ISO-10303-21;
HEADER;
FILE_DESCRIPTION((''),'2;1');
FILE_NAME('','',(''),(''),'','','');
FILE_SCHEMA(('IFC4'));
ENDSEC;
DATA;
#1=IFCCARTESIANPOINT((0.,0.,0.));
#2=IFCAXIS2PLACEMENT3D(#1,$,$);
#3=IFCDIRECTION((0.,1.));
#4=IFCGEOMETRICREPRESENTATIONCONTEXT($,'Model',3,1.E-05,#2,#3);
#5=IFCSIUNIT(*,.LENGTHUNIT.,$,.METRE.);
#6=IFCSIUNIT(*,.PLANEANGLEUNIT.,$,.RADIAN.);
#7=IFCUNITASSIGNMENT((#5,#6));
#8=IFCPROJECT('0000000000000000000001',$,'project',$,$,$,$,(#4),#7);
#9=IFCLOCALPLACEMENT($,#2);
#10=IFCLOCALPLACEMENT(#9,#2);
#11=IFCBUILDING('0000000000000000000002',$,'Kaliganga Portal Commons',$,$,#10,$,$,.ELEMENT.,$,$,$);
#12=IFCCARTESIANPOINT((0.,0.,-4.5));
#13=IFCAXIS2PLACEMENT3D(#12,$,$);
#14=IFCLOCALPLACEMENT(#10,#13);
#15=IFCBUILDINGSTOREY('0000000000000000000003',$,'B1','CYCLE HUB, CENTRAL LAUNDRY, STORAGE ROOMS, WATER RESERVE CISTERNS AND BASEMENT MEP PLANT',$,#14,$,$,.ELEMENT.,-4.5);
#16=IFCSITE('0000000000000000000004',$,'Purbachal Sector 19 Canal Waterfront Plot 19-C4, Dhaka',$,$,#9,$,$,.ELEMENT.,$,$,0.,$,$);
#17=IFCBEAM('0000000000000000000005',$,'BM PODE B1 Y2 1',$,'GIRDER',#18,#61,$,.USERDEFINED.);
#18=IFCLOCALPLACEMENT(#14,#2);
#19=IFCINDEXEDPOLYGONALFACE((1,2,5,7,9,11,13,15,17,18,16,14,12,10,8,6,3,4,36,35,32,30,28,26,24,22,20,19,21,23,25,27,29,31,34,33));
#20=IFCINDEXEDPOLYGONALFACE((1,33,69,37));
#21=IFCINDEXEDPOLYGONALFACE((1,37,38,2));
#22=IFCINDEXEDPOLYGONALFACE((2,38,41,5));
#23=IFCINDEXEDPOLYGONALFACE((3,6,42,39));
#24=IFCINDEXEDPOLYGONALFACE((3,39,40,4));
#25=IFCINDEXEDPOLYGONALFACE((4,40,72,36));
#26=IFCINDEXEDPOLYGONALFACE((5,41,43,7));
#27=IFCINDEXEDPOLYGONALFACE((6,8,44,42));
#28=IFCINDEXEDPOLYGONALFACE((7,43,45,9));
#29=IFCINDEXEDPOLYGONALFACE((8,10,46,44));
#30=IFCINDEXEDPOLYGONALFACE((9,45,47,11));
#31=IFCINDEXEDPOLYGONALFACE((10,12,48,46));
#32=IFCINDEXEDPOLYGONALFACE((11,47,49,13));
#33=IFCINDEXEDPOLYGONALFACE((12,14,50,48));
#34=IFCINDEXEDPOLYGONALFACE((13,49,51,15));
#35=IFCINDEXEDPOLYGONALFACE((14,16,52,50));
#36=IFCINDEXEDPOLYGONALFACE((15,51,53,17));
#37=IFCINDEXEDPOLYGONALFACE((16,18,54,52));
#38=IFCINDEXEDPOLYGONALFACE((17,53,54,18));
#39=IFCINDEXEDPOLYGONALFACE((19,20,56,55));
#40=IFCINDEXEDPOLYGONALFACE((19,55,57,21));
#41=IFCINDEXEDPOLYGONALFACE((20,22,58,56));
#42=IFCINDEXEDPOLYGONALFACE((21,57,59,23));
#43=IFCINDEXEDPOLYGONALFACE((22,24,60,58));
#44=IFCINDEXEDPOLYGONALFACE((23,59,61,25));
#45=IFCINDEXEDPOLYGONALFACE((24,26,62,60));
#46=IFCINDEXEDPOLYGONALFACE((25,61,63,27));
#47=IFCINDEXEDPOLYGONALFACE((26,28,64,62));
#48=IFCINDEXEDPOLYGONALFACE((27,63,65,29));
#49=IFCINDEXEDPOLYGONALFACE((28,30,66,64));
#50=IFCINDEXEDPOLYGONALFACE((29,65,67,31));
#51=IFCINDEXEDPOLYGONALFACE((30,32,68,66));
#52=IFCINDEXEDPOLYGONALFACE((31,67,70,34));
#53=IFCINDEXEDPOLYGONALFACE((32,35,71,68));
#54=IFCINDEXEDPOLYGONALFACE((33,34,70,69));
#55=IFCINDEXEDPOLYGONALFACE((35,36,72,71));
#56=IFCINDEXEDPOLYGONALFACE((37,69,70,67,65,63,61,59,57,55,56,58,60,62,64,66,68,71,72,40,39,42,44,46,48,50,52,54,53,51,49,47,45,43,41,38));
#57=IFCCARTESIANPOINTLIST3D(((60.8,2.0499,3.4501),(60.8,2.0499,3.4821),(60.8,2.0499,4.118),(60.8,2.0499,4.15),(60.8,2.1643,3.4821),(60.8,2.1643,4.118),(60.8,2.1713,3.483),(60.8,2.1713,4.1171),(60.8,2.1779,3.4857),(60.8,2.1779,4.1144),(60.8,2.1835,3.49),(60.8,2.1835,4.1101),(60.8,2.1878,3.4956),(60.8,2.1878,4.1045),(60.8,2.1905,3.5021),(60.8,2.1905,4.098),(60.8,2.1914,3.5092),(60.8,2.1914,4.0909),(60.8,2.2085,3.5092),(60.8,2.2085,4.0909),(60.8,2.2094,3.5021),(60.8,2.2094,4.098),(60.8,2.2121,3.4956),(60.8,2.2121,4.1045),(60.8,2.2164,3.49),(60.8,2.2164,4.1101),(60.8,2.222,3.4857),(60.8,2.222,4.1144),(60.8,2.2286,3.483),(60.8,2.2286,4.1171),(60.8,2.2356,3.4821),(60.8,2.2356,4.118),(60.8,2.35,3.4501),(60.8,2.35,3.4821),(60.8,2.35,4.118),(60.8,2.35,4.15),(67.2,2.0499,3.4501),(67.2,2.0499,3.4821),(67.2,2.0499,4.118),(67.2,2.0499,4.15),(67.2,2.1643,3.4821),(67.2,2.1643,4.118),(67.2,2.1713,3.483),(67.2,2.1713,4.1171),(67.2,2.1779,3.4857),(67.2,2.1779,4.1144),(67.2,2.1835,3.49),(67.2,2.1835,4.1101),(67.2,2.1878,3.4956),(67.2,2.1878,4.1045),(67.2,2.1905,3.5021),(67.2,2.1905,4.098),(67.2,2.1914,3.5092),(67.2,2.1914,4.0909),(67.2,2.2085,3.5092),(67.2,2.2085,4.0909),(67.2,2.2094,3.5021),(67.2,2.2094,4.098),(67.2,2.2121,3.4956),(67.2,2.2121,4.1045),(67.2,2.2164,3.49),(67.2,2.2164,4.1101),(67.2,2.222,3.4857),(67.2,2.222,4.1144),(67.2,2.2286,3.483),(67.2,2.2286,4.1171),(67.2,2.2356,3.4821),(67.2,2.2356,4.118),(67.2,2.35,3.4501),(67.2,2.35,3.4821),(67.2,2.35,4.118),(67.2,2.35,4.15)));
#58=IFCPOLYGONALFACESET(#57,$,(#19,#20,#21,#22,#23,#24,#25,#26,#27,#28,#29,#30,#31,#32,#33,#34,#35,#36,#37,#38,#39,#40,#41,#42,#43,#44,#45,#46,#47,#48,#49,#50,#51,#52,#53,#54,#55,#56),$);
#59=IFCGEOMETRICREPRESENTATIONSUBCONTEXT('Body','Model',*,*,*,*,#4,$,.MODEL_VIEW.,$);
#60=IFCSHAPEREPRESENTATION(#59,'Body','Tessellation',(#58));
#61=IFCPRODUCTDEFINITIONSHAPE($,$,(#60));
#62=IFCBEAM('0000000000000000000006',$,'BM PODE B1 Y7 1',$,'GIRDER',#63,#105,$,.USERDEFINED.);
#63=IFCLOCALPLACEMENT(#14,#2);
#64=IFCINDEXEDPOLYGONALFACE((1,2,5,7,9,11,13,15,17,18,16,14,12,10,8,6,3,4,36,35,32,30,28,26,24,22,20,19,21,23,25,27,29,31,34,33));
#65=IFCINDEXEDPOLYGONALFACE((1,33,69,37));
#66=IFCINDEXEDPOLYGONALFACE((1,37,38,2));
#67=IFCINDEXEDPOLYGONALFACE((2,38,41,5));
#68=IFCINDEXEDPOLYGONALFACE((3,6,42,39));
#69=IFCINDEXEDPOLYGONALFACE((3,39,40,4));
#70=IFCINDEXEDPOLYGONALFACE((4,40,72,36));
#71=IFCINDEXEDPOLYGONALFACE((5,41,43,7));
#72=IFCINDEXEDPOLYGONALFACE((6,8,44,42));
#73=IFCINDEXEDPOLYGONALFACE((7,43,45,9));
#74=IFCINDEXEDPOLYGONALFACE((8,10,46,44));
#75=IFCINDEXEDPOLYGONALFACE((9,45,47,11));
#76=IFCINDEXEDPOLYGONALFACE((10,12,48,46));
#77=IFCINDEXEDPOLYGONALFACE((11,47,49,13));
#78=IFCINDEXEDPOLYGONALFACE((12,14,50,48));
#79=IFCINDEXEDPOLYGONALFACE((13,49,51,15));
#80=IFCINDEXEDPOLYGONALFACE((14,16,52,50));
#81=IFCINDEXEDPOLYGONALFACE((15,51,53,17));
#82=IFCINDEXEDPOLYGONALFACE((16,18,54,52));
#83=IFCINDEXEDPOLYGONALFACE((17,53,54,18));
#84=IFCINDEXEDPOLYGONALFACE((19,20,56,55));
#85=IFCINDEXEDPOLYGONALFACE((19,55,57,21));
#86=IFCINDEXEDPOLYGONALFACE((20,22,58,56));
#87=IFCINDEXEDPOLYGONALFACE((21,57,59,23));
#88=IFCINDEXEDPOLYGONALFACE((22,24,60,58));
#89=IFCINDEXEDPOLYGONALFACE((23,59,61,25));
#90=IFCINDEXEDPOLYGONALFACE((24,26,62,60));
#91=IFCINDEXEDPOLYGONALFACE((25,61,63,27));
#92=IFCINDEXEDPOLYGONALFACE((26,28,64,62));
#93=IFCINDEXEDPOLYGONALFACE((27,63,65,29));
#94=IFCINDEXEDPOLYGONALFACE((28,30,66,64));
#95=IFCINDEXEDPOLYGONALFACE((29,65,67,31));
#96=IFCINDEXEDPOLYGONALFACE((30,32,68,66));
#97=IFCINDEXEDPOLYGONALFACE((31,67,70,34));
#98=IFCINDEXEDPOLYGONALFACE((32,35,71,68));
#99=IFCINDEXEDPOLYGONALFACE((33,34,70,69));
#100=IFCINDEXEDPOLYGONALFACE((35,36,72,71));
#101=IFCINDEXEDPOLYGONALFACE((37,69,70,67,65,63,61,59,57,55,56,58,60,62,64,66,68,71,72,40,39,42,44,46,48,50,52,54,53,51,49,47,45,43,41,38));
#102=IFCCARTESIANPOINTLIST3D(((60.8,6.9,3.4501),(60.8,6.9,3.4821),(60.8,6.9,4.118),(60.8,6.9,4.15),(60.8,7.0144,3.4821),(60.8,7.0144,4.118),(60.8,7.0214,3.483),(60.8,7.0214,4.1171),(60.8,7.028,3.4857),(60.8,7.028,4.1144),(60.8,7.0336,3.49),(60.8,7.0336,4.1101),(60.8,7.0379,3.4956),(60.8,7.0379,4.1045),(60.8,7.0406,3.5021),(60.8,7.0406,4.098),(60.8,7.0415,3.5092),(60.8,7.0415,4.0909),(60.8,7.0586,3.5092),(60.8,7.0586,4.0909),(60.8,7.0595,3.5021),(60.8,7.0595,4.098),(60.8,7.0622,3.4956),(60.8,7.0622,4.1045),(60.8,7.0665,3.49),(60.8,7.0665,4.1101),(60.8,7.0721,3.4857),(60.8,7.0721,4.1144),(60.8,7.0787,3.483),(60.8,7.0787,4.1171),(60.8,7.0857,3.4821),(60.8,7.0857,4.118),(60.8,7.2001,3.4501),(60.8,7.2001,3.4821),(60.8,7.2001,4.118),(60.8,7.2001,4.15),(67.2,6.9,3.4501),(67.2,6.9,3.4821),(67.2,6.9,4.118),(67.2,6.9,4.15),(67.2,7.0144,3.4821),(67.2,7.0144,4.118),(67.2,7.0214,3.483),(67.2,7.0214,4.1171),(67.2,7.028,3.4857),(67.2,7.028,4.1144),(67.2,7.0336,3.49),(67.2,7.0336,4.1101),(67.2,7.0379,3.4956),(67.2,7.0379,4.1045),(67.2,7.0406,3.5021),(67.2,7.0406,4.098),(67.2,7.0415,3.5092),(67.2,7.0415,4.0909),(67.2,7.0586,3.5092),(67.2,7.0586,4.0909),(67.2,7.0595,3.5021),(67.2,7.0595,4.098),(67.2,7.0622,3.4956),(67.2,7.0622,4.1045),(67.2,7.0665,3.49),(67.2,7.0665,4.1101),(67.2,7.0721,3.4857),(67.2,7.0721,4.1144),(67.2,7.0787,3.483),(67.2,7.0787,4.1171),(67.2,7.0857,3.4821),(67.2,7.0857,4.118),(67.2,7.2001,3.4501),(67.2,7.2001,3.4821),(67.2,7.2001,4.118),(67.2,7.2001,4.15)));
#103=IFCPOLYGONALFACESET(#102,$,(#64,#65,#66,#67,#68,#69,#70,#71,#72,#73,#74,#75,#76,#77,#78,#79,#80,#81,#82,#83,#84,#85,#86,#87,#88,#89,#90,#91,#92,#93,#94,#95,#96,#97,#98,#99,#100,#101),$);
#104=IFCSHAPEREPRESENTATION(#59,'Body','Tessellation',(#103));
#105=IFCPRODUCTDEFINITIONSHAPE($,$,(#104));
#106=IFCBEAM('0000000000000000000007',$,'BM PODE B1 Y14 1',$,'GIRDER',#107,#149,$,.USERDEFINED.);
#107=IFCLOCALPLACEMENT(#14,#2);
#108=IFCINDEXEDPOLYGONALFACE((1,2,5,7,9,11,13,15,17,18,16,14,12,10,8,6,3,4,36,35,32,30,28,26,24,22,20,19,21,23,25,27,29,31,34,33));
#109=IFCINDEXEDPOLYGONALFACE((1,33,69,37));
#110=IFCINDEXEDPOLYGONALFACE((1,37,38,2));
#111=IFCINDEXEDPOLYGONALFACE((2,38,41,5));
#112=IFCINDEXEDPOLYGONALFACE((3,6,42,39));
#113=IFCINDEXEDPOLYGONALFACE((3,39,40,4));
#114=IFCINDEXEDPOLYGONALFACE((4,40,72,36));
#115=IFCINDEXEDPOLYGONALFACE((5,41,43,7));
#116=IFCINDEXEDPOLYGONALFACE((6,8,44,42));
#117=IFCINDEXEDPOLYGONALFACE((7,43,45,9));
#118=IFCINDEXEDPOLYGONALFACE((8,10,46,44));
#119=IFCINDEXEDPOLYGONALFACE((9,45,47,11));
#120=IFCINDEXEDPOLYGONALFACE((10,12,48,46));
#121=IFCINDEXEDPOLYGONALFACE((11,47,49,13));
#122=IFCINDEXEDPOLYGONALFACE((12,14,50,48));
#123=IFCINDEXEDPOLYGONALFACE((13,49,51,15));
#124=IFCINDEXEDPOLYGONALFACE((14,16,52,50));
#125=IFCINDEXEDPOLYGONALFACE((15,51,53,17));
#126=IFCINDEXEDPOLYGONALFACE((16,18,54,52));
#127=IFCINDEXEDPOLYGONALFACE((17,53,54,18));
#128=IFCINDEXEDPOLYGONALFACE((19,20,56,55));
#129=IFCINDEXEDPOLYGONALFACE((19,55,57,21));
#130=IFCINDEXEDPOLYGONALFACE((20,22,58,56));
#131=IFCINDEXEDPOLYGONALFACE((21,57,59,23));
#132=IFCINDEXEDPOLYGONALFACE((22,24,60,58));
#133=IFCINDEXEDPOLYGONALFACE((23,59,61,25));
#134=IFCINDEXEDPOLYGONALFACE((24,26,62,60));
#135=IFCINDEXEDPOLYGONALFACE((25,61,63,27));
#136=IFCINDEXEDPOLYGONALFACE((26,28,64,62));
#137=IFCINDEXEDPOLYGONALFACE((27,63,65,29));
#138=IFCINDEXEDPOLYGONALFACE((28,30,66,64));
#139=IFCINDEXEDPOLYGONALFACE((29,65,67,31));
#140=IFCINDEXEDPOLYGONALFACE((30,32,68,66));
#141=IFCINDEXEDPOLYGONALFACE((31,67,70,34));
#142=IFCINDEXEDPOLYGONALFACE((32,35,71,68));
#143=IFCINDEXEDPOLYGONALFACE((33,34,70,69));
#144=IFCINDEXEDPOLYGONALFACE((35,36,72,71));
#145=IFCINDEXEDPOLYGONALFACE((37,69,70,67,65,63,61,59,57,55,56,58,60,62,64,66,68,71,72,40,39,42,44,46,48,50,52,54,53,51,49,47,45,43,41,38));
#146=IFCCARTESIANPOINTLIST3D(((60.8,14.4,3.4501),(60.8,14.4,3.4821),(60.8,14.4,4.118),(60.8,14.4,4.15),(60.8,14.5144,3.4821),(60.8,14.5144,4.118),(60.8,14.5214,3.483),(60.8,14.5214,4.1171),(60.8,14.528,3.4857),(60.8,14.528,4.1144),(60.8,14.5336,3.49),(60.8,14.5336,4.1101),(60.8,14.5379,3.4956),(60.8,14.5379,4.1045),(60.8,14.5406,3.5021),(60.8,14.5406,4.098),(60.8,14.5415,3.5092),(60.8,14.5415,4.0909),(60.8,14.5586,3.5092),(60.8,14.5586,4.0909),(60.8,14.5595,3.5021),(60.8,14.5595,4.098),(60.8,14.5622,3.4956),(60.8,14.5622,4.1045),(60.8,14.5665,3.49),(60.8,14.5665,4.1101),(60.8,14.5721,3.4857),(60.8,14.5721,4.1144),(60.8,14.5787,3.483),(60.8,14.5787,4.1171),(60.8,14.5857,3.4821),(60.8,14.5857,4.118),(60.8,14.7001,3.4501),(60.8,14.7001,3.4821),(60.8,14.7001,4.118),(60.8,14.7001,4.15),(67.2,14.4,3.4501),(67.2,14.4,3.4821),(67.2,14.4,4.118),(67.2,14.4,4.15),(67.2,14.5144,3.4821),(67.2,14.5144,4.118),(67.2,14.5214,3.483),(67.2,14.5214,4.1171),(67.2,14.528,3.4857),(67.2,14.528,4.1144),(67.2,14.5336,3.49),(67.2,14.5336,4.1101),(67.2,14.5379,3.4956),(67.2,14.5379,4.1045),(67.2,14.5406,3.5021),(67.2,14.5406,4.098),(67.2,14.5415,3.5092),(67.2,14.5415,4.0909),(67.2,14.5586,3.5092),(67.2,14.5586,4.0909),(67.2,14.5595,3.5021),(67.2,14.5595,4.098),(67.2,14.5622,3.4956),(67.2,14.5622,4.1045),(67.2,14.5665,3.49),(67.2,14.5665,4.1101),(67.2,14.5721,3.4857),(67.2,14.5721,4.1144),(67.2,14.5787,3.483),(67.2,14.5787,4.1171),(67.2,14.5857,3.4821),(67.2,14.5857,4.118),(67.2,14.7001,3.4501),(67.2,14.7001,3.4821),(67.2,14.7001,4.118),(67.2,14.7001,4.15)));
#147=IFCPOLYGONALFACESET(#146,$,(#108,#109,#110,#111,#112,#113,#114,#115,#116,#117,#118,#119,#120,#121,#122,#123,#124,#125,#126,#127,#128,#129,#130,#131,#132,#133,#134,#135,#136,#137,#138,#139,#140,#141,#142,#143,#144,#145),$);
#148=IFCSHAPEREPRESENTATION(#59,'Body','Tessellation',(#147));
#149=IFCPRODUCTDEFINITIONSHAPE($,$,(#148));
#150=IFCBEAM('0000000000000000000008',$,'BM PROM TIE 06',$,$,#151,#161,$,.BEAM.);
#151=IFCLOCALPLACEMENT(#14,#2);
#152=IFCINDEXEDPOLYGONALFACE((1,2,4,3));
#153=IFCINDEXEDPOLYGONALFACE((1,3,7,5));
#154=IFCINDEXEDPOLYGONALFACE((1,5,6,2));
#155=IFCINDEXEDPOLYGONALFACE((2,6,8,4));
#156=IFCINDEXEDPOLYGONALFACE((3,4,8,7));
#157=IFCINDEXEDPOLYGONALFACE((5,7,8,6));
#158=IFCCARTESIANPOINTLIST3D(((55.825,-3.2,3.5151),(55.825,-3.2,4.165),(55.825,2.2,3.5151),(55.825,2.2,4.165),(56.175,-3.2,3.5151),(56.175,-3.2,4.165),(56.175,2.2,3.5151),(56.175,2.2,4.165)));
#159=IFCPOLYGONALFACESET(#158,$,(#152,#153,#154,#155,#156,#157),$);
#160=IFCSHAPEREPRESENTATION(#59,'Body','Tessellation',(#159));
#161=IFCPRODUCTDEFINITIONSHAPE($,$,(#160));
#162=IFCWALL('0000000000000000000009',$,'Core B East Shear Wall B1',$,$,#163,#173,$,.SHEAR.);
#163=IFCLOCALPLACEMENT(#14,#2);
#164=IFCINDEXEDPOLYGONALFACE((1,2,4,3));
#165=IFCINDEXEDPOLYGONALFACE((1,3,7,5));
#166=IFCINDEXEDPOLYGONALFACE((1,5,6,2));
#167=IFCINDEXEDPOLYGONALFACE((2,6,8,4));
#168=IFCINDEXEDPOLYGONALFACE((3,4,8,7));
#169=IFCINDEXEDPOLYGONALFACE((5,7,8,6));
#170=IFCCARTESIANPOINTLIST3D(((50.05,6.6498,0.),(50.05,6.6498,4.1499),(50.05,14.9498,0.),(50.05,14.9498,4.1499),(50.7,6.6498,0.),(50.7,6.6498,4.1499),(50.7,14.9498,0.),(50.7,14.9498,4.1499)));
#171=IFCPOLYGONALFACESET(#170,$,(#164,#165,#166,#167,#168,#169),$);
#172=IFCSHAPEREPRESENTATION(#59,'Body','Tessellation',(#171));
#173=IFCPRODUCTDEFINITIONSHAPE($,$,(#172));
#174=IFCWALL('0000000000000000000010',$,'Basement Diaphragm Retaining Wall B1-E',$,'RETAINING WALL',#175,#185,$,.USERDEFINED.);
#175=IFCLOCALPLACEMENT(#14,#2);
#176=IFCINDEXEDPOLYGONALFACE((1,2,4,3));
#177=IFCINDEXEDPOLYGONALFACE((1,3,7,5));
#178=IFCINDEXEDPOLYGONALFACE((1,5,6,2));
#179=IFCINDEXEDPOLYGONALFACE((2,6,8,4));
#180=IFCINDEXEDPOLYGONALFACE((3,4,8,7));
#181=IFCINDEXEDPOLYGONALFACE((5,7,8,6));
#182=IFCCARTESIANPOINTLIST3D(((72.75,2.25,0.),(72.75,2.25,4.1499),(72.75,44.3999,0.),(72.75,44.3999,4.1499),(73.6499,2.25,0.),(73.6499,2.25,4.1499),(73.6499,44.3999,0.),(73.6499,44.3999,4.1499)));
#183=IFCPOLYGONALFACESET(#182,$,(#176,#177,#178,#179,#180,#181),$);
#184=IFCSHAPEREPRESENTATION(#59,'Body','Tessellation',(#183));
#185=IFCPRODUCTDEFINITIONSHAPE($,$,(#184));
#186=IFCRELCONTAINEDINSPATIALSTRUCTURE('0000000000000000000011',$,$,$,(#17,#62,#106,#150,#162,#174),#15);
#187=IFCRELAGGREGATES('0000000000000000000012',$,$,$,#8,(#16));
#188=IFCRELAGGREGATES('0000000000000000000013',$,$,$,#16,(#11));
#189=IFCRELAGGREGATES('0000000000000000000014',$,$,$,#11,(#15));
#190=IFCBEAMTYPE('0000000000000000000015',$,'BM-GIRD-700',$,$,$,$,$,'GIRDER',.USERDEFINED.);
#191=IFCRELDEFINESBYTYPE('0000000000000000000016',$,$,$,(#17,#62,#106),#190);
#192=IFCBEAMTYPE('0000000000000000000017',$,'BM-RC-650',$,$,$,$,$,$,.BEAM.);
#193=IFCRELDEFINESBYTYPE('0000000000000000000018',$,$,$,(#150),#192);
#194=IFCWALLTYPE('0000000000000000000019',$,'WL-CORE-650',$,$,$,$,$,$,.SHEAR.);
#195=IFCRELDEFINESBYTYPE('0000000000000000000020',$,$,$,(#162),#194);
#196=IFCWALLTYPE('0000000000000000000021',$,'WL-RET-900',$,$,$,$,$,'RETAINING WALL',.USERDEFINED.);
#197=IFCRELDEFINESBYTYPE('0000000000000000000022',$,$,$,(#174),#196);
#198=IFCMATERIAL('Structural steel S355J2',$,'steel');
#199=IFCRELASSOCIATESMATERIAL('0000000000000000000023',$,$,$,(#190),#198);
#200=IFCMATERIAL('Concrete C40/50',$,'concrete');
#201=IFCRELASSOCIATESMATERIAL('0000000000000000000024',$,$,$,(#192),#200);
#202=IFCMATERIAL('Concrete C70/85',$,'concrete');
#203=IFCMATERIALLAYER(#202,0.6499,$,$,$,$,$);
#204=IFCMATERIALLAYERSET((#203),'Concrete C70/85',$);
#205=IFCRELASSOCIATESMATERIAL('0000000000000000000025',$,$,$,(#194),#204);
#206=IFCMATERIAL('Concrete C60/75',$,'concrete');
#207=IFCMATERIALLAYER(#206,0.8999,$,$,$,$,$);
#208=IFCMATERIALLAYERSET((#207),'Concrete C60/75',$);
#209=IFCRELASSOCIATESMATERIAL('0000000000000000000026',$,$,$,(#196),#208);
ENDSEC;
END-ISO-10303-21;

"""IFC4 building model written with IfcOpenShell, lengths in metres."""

from ifc_helpers import new_model, si_unit, direction, frame, frame_2d, origin, origin_2d, place, context, subcontext, project, spatial, rectangle, i_section, extrude, source, transform, mapped, material, layer, layer_set, material_profile, profile_set, type_object, element, save


model = new_model("IFC4")

# Units and contexts
model_context = context("Model", 3, precision=1e-05, world=origin(), true_north=direction((0.0, 1.0)))
body_context = subcontext(model_context, "Body", "Model", "MODEL_VIEW")
ifc_project = project(units=[si_unit("LENGTHUNIT", "METRE"), si_unit("PLANEANGLEUNIT", "RADIAN")], contexts=[model_context])

# Site, building, storey
site_placement = place(None, origin())
site = spatial("IfcSite", under=ifc_project, at=site_placement, Name="Purbachal Sector 19 Canal Waterfront Plot 19-C4, Dhaka", CompositionType="ELEMENT", RefElevation=0.0)
building_placement = place(site_placement, origin())
building = spatial("IfcBuilding", under=site, at=building_placement, Name="Kaliganga Portal Commons", CompositionType="ELEMENT")
storey_placement = place(building_placement, frame((0.0, 0.0, -4.5)))
storey = spatial("IfcBuildingStorey", under=building, at=storey_placement, Name="B1", Description="CYCLE HUB, CENTRAL LAUNDRY, STORAGE ROOMS, WATER RESERVE CISTERNS AND BASEMENT MEP PLANT", CompositionType="ELEMENT", Elevation=-4.5)

# Shared definitions
ifc_material_1 = material(Name="Structural steel S355J2", Category="steel")
ifc_material_2 = material(Name="Concrete C70/85", Category="concrete")

# Beams
ifc_material_profile_1 = material_profile(ifc_material_1, i_section(OverallWidth=0.3, OverallDepth=0.7, WebThickness=0.0171, FlangeThickness=0.032, FilletRadius=0.0271, at=origin_2d()), Name="HE 700 B")
ifc_profile_set_1 = profile_set([ifc_material_profile_1], Name="Structural steel S355J2 wide-flange")
beam_type_1 = type_object("IfcBeamType", Name="BM-GIRD-700", ElementType="GIRDER", PredefinedType="USERDEFINED", material=ifc_profile_set_1)
shared_shape_1 = source(origin(), body_context, "Body", "SweptSolid", [
    extrude(i_section(OverallWidth=0.3, OverallDepth=0.7, WebThickness=0.0171, FlangeThickness=0.032, FilletRadius=0.0271, at=origin_2d()), origin(), (0.0, 0.0, 1.0), 6.3999),
])
for number, where, z_axis, x_axis, name in (
    (1, (60.8, 2.2, 3.8), (1.0, 0.0, 0.0), (0.0, 1.0, 0.0), "BM PODE B1 Y2 1"),
    (2, (60.8, 7.05, 3.8), (1.0, 0.0, 0.0), (0.0, 1.0, 0.0), "BM PODE B1 Y7 1"),
    (3, (60.8, 14.55, 3.8), (1.0, 0.0, 0.0), (0.0, 1.0, 0.0), "BM PODE B1 Y14 1"),
):
    element("IfcBeam", number, at=place(storey_placement, frame(where, z_axis=z_axis, x_axis=x_axis)), inside=storey, type_object=beam_type_1, Name=name, ObjectType="GIRDER", PredefinedType="USERDEFINED", context=body_context, shape_type="MappedRepresentation", body=[
        mapped(shared_shape_1, transform((0.0, 0.0, 0.0), x_axis=(1.0, 0.0, 0.0), y_axis=(0.0, 1.0, 0.0), z_axis=(0.0, 0.0, 1.0), scale=1.0)),
    ])
ifc_material_3 = material(Name="Concrete C40/50", Category="concrete")
ifc_material_profile_2 = material_profile(ifc_material_3, rectangle(XDim=0.3501, YDim=0.6499, at=origin_2d()), Name="RC 350x650")
ifc_profile_set_2 = profile_set([ifc_material_profile_2], Name="Concrete C40/50")
beam_type_2 = type_object("IfcBeamType", Name="BM-RC-650", PredefinedType="BEAM", material=ifc_profile_set_2)
shared_shape_2 = source(origin(), body_context, "Body", "SweptSolid", [
    extrude(rectangle(XDim=0.3501, YDim=0.6499, at=origin_2d()), origin(), (0.0, 0.0, 1.0), 5.3999),
])
beam_1_placement = place(storey_placement, frame((56.0, -3.2, 3.8401), z_axis=(0.0, 1.0, 0.0), x_axis=(-1.0, 0.0, 0.0)))
element("IfcBeam", 4, at=beam_1_placement, inside=storey, type_object=beam_type_2, Name="BM PROM TIE 06", PredefinedType="BEAM", context=body_context, shape_type="MappedRepresentation", body=[
    mapped(shared_shape_2, transform((0.0, 0.0, 0.0), x_axis=(1.0, 0.0, 0.0), y_axis=(0.0, 1.0, 0.0), z_axis=(0.0, 0.0, 1.0), scale=1.0)),
])

# Walls
ifc_layer_1 = layer(ifc_material_2, 0.6499)
ifc_layer_set_1 = layer_set([ifc_layer_1], Name="Concrete C70/85")
wall_type_1 = type_object("IfcWallType", Name="WL-CORE-650", PredefinedType="SHEAR", material=ifc_layer_set_1)
wall_1_placement = place(storey_placement, frame((50.375, 6.6499, 0.0), z_axis=(0.0, 0.0, 1.0), x_axis=(0.0, 1.0, 0.0)))
element("IfcWall", 5, at=wall_1_placement, inside=storey, type_object=wall_type_1, Name="Core B East Shear Wall B1", PredefinedType="SHEAR", context=body_context, shape_type="SweptSolid", body=[
    extrude(rectangle(XDim=8.3, YDim=0.6499, at=frame_2d((4.1499, 0.0))), origin(), (0.0, 0.0, 1.0), 4.1499),
])
ifc_material_4 = material(Name="Concrete C60/75", Category="concrete")
ifc_layer_2 = layer(ifc_material_4, 0.8999)
ifc_layer_set_2 = layer_set([ifc_layer_2], Name="Concrete C60/75")
wall_type_2 = type_object("IfcWallType", Name="WL-RET-900", ElementType="RETAINING WALL", PredefinedType="USERDEFINED", material=ifc_layer_set_2)
wall_2_placement = place(storey_placement, frame((73.2, 2.25, 0.0), z_axis=(0.0, 0.0, 1.0), x_axis=(0.0, 1.0, 0.0)))
element("IfcWall", 6, at=wall_2_placement, inside=storey, type_object=wall_type_2, Name="Basement Diaphragm Retaining Wall B1-E", ObjectType="RETAINING WALL", PredefinedType="USERDEFINED", context=body_context, shape_type="SweptSolid", body=[
    extrude(rectangle(XDim=42.1499, YDim=0.8999, at=frame_2d((21.075, 0.0))), origin(), (0.0, 0.0, 1.0), 4.1499),
])

save(model, "model.ifc")
